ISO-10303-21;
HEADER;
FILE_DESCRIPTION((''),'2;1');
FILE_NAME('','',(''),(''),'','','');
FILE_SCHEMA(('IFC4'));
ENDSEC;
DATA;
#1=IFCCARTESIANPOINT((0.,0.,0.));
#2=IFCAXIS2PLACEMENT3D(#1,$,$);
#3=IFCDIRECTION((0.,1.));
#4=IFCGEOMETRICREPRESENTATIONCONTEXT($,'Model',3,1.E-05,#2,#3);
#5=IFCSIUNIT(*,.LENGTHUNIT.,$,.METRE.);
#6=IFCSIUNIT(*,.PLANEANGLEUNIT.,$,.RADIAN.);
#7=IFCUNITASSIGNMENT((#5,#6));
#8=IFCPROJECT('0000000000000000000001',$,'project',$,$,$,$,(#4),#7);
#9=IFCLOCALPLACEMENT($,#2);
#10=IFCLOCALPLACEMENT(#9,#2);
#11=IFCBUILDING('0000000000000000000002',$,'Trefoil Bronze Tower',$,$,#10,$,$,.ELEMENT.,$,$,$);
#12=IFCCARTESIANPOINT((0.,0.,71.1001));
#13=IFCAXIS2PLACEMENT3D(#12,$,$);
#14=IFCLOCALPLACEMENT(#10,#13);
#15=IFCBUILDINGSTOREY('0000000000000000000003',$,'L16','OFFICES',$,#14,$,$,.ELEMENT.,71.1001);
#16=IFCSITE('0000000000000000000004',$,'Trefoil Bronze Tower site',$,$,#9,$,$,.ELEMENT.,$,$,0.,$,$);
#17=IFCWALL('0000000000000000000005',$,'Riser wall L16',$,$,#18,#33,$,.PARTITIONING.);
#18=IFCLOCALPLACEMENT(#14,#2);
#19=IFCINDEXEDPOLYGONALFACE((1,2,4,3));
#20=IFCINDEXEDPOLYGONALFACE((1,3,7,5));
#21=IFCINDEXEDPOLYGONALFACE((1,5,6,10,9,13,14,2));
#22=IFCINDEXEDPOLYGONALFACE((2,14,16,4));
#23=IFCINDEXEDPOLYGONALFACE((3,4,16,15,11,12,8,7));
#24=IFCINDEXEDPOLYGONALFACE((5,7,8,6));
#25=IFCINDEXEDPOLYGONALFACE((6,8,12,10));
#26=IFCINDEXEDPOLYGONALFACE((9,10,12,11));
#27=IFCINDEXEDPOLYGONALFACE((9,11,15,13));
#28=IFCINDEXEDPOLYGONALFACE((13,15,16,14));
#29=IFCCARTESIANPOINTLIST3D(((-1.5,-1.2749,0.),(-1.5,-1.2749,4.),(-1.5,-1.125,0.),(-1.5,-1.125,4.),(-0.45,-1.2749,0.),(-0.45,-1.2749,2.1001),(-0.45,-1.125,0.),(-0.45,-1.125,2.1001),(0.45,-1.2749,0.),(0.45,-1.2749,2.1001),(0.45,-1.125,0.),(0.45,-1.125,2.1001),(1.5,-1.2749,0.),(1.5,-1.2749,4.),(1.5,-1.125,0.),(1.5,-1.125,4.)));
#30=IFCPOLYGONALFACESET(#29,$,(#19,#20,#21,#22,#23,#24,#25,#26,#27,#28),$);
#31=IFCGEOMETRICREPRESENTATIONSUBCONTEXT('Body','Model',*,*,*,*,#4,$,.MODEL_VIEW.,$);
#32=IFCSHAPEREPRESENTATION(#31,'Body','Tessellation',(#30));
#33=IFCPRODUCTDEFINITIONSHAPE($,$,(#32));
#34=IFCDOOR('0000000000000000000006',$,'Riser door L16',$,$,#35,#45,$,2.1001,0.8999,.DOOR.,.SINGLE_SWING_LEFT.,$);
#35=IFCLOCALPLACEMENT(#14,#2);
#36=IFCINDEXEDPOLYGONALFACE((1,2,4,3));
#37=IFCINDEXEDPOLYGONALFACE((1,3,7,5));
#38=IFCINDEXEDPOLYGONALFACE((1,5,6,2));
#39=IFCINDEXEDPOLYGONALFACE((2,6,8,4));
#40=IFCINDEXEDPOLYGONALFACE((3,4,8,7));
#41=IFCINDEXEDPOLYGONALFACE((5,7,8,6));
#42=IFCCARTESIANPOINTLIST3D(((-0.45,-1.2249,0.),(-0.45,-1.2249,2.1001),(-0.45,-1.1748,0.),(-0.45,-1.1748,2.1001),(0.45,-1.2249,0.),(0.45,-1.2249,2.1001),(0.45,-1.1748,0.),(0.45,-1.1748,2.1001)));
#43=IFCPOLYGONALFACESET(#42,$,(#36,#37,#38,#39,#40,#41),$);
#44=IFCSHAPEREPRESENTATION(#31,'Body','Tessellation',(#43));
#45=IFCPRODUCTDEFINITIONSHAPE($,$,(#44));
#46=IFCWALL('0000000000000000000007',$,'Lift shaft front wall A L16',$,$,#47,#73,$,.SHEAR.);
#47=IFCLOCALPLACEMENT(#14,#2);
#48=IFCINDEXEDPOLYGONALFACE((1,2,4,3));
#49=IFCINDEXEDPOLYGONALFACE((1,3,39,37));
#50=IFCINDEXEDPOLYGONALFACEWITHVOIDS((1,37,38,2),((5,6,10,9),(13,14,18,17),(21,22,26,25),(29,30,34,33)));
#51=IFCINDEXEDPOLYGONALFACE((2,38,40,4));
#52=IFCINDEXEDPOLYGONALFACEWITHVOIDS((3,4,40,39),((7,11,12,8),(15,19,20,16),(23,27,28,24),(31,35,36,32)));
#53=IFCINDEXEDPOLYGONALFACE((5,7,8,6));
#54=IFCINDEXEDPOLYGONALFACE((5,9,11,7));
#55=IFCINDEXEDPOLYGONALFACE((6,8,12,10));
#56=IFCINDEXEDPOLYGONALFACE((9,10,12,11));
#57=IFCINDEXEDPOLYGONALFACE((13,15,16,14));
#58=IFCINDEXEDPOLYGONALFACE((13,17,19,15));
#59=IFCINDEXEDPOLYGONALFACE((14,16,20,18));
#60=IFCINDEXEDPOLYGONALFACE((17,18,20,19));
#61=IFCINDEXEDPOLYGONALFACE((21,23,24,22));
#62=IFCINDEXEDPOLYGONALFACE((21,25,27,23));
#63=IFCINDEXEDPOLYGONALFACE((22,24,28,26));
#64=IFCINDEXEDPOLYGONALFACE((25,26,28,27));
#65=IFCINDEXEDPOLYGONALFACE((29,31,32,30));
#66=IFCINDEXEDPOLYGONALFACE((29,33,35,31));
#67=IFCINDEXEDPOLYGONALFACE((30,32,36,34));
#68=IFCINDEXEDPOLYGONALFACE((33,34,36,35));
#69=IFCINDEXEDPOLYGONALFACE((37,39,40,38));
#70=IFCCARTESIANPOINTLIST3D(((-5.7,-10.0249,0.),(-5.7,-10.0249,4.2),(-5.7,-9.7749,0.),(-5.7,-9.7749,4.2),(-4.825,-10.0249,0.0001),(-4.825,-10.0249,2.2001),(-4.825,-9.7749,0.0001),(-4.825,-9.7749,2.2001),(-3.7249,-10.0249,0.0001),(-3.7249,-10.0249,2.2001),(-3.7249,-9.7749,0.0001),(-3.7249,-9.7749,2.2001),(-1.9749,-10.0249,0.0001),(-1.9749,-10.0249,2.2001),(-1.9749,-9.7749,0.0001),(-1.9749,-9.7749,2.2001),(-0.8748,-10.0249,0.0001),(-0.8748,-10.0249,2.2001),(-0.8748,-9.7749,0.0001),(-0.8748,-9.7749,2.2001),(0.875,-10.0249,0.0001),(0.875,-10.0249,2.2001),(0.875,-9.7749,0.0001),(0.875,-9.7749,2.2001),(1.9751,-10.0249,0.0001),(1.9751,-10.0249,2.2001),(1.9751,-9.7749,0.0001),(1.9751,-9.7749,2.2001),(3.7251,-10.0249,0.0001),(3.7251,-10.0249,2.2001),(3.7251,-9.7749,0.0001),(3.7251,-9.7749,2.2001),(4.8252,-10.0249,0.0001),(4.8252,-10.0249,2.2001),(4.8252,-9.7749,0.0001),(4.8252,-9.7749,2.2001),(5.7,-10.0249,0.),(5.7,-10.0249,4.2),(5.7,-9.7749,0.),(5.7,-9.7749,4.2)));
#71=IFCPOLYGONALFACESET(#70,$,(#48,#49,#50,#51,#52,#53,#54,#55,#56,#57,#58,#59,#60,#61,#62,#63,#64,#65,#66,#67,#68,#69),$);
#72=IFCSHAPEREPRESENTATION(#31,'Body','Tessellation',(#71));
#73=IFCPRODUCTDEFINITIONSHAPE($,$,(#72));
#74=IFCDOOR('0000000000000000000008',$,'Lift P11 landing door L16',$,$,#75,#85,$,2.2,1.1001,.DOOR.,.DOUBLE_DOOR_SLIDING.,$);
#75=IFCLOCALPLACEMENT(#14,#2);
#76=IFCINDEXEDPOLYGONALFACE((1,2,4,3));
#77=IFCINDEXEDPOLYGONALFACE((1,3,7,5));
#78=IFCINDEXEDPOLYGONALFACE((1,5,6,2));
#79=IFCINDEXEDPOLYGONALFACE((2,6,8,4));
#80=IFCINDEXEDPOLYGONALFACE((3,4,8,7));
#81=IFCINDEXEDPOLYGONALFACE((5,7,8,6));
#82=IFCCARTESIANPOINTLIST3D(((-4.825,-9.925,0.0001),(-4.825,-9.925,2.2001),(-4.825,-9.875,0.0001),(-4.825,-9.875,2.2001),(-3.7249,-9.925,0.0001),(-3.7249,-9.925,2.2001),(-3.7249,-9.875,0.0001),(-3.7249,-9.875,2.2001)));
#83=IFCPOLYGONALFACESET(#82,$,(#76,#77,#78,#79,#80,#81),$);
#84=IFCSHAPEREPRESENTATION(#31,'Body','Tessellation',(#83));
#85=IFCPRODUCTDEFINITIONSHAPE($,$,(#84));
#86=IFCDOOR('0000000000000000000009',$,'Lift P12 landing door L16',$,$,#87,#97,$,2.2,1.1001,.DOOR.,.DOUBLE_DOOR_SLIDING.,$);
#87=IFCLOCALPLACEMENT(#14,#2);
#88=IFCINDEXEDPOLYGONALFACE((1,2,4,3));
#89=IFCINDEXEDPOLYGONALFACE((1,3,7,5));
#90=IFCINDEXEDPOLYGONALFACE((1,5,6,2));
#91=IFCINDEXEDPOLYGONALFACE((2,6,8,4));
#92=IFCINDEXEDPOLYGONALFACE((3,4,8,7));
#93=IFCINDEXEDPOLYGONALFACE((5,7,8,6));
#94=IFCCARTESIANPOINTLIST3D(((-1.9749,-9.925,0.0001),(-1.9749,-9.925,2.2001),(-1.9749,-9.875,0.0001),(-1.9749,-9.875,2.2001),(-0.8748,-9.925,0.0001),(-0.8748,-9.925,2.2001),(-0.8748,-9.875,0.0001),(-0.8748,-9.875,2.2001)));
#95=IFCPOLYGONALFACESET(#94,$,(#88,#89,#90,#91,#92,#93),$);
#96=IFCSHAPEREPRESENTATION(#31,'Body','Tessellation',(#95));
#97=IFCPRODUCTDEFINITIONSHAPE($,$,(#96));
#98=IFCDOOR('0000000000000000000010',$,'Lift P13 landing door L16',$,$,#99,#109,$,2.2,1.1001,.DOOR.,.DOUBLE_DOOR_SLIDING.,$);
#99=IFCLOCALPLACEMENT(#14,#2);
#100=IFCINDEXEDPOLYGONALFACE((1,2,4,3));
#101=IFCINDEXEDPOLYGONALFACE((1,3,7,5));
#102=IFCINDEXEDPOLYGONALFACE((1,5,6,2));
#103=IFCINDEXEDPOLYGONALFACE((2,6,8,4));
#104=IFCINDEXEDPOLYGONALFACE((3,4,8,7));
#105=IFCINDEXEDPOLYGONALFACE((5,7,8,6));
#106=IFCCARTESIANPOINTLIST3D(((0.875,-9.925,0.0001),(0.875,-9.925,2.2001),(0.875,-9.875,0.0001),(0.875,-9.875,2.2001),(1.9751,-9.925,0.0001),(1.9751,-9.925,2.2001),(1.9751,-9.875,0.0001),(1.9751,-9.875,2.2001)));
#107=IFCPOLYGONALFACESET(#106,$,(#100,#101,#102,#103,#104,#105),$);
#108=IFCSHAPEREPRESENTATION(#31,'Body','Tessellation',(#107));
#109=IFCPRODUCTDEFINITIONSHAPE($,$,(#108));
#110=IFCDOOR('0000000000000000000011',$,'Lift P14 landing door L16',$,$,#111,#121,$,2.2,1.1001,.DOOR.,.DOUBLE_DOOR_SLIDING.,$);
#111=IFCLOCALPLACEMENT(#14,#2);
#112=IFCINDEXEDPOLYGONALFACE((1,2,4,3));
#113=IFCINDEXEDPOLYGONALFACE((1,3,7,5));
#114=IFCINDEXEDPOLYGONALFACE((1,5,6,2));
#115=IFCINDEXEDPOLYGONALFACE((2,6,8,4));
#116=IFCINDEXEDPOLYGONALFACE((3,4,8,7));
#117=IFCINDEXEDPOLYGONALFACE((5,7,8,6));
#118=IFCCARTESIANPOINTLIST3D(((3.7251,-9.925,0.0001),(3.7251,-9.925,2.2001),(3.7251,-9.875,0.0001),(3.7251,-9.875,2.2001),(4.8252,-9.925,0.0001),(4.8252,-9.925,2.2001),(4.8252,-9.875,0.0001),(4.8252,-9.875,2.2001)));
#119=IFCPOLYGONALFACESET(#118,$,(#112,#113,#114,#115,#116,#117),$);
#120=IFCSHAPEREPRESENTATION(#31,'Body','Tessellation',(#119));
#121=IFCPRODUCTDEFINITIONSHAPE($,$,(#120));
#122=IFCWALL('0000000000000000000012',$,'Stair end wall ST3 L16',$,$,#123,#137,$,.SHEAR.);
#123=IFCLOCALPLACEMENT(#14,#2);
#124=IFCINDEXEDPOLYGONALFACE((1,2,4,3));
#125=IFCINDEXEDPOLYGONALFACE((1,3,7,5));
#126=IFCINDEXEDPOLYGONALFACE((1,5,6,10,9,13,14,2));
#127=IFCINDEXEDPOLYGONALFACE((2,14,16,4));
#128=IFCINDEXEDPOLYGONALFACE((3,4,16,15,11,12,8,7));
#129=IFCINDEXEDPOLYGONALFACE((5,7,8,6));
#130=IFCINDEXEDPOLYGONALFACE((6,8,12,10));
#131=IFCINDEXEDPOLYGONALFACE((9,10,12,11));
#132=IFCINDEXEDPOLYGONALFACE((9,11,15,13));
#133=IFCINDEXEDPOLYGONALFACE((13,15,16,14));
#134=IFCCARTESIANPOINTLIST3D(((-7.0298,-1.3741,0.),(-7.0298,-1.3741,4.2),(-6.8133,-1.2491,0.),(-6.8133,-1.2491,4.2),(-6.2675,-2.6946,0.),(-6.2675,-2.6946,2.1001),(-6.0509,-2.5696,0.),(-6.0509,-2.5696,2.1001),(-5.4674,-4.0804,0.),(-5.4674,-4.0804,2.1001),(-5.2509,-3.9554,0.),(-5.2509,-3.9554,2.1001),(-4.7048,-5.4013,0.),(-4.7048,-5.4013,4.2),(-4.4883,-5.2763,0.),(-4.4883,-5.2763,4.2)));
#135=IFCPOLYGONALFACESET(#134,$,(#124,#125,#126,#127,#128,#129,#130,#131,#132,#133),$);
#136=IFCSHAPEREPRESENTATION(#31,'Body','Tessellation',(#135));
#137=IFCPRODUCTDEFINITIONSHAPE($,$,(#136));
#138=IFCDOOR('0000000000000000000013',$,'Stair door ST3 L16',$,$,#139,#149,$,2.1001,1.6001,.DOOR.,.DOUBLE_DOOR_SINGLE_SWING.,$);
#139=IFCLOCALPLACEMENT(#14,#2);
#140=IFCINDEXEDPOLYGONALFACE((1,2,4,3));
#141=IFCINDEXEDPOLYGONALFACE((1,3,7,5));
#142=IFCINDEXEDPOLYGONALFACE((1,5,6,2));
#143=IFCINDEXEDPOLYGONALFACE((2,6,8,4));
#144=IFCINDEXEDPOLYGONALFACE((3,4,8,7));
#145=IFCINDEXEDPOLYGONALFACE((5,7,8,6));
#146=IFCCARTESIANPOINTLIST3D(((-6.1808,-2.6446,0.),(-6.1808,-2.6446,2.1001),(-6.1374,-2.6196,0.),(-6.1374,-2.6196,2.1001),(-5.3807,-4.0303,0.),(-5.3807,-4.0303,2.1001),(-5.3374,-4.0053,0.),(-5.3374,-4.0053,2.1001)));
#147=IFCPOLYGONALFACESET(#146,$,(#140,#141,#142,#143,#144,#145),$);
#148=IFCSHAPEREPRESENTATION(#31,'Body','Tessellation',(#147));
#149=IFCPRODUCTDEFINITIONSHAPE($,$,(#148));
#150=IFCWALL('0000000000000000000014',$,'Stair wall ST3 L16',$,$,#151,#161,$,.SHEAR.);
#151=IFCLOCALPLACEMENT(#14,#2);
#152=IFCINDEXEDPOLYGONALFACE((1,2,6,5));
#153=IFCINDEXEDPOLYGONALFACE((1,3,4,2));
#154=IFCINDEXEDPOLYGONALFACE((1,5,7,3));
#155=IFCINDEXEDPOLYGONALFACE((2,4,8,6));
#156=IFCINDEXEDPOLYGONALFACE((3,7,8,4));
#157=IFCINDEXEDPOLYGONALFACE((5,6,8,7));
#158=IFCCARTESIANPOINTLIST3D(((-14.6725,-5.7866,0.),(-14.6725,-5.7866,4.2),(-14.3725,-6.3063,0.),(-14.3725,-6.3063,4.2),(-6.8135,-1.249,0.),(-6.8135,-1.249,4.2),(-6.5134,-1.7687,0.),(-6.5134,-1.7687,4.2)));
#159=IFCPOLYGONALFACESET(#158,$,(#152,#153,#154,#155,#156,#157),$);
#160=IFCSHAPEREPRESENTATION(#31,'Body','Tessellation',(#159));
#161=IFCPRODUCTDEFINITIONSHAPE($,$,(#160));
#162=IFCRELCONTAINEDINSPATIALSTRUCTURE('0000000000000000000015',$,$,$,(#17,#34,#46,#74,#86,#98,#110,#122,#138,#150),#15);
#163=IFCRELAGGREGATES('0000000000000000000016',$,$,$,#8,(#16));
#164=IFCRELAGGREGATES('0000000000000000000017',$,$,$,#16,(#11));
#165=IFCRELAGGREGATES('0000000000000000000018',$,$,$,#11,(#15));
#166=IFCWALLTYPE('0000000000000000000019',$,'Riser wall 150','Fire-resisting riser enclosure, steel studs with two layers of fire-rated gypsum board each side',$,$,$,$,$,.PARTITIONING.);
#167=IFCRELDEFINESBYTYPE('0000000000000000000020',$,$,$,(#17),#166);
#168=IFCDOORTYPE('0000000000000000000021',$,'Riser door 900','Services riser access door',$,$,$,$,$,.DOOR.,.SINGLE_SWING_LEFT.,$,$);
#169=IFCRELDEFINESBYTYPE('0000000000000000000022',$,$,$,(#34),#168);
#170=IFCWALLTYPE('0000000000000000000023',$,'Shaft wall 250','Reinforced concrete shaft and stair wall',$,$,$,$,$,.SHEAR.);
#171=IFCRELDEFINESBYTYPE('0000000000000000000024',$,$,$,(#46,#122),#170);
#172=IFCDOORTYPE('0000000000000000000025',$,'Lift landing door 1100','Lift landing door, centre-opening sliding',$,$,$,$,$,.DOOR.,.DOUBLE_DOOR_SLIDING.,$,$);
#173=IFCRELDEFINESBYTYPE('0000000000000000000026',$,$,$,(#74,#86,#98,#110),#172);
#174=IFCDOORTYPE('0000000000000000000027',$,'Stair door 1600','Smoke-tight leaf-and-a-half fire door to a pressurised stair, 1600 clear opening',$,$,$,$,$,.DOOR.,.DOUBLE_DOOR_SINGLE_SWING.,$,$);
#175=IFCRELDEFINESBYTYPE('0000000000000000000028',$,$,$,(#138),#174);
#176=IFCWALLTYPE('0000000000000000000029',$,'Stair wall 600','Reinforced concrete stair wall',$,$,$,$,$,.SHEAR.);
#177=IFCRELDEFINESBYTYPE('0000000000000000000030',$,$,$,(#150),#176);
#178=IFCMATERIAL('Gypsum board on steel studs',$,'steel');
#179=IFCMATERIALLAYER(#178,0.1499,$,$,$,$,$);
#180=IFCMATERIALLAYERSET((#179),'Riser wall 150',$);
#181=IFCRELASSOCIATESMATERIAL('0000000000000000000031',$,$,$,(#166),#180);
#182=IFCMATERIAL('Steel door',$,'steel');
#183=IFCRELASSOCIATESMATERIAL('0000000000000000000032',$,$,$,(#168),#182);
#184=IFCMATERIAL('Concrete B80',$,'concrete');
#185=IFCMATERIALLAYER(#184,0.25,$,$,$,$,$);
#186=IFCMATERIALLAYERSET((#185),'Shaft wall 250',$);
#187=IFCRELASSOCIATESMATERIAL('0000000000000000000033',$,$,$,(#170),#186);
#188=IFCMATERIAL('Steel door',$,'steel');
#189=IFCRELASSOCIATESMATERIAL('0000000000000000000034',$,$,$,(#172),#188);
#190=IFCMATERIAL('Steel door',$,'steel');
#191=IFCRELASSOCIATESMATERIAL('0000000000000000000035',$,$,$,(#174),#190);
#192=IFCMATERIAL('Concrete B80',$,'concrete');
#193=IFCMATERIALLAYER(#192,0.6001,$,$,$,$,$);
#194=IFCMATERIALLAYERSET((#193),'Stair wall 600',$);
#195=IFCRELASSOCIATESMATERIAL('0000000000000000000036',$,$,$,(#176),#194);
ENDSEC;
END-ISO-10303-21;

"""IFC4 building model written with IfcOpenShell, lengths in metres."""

from ifc_helpers import new_model, si_unit, direction, frame, frame_2d, origin, place, context, subcontext, project, spatial, rectangle, extrude, material, layer, layer_set, type_object, element, fill, save


model = new_model("IFC4")

# Units and contexts
model_context = context("Model", 3, precision=1e-05, world=origin(), true_north=direction((0.0, 1.0)))
body_context = subcontext(model_context, "Body", "Model", "MODEL_VIEW")
ifc_project = project(units=[si_unit("LENGTHUNIT", "METRE"), si_unit("PLANEANGLEUNIT", "RADIAN")], contexts=[model_context])

# Site, building, storey
site_placement = place(None, origin())
site = spatial("IfcSite", under=ifc_project, at=site_placement, Name="Trefoil Bronze Tower site", CompositionType="ELEMENT", RefElevation=0.0)
building_placement = place(site_placement, origin())
building = spatial("IfcBuilding", under=site, at=building_placement, Name="Trefoil Bronze Tower", CompositionType="ELEMENT")
storey_placement = place(building_placement, frame((0.0, 0.0, 71.1001)))
storey = spatial("IfcBuildingStorey", under=building, at=storey_placement, Name="L16", Description="OFFICES", CompositionType="ELEMENT", Elevation=71.1001)

# Wall, opening, door
ifc_material_1 = material(Name="Gypsum board on steel studs", Category="steel")
ifc_layer_1 = layer(ifc_material_1, 0.1499)
ifc_layer_set_1 = layer_set([ifc_layer_1], Name="Riser wall 150")
wall_type_1 = type_object("IfcWallType", Name="Riser wall 150", Description="Fire-resisting riser enclosure, steel studs with two layers of fire-rated gypsum board each side", PredefinedType="PARTITIONING", material=ifc_layer_set_1)
wall_1_placement = place(storey_placement, frame((-1.5, -1.2, 0.0), z_axis=(0.0, 0.0, 1.0), x_axis=(1.0, 0.0, 0.0)))
wall_1 = element("IfcWall", 1, at=wall_1_placement, inside=storey, type_object=wall_type_1, Name="Riser wall L16", PredefinedType="PARTITIONING", context=body_context, shape_type="SweptSolid", body=[
    extrude(rectangle(XDim=3.0, YDim=0.1499, at=frame_2d((1.5, 0.0))), origin(), (0.0, 0.0, 1.0), 4.0),
])
opening_1_placement = place(wall_1_placement, frame((1.05, 0.0, 0.0)))
opening_1 = element("IfcOpeningElement", 2, at=opening_1_placement, cuts=wall_1, PredefinedType="OPENING", context=body_context, shape_type="SweptSolid", body=[
    extrude(rectangle(XDim=0.8999, YDim=2.1001, at=frame_2d((0.45, 1.05))), frame((0.0, 0.085, 0.0), z_axis=(0.0, -1.0, 0.0), x_axis=(1.0, 0.0, 0.0)), (0.0, 0.0, 1.0), 0.1699),
])
ifc_material_2 = material(Name="Steel door", Category="steel")
door_type_1 = type_object("IfcDoorType", Name="Riser door 900", Description="Services riser access door", OperationType="SINGLE_SWING_LEFT", PredefinedType="DOOR", material=ifc_material_2)
door_1_placement = place(opening_1_placement, frame((0.8999, 0.0, 0.0), z_axis=(0.0, 0.0, 1.0), x_axis=(-1.0, 0.0, 0.0)))
door_1 = element("IfcDoor", 3, at=door_1_placement, inside=storey, type_object=door_type_1, Name="Riser door L16", OperationType="SINGLE_SWING_LEFT", OverallHeight=2.1001, OverallWidth=0.8999, PredefinedType="DOOR", context=body_context, shape_type="SweptSolid", body=[
    extrude(rectangle(XDim=0.8999, YDim=2.1001, at=frame_2d((0.45, 1.05))), frame((0.0, 0.0249, 0.0), z_axis=(0.0, -1.0, 0.0), x_axis=(1.0, 0.0, 0.0)), (0.0, 0.0, 1.0), 0.05),
])
fill(opening_1, door_1)

# Wall, openings, doors
ifc_material_3 = material(Name="Concrete B80", Category="concrete")
ifc_layer_2 = layer(ifc_material_3, 0.25)
ifc_layer_set_2 = layer_set([ifc_layer_2], Name="Shaft wall 250")
wall_type_2 = type_object("IfcWallType", Name="Shaft wall 250", Description="Reinforced concrete shaft and stair wall", PredefinedType="SHEAR", material=ifc_layer_set_2)
wall_2_placement = place(storey_placement, frame((-5.7, -9.8999, 0.0), z_axis=(0.0, 0.0, 1.0), x_axis=(1.0, 0.0, 0.0)))
wall_2 = element("IfcWall", 4, at=wall_2_placement, inside=storey, type_object=wall_type_2, Name="Lift shaft front wall A L16", PredefinedType="SHEAR", context=body_context, shape_type="SweptSolid", body=[
    extrude(rectangle(XDim=11.3999, YDim=0.25, at=frame_2d((5.7, 0.0))), origin(), (0.0, 0.0, 1.0), 4.2),
])
opening_2_placement = place(wall_2_placement, frame((0.875, 0.0, 0.0)))
opening_2 = element("IfcOpeningElement", 5, at=opening_2_placement, cuts=wall_2, PredefinedType="OPENING", context=body_context, shape_type="SweptSolid", body=[
    extrude(rectangle(XDim=1.1001, YDim=2.2, at=frame_2d((0.55, 1.1001))), frame((0.0, 0.135, 0.0), z_axis=(0.0, -1.0, 0.0), x_axis=(1.0, 0.0, 0.0)), (0.0, 0.0, 1.0), 0.27),
])
opening_3_placement = place(wall_2_placement, frame((3.7251, 0.0, 0.0)))
opening_3 = element("IfcOpeningElement", 6, at=opening_3_placement, cuts=wall_2, PredefinedType="OPENING", context=body_context, shape_type="SweptSolid", body=[
    extrude(rectangle(XDim=1.1001, YDim=2.2, at=frame_2d((0.55, 1.1001))), frame((0.0, 0.135, 0.0), z_axis=(0.0, -1.0, 0.0), x_axis=(1.0, 0.0, 0.0)), (0.0, 0.0, 1.0), 0.27),
])
opening_4_placement = place(wall_2_placement, frame((6.575, 0.0, 0.0)))
opening_4 = element("IfcOpeningElement", 7, at=opening_4_placement, cuts=wall_2, PredefinedType="OPENING", context=body_context, shape_type="SweptSolid", body=[
    extrude(rectangle(XDim=1.1001, YDim=2.2, at=frame_2d((0.55, 1.1001))), frame((0.0, 0.135, 0.0), z_axis=(0.0, -1.0, 0.0), x_axis=(1.0, 0.0, 0.0)), (0.0, 0.0, 1.0), 0.27),
])
opening_5_placement = place(wall_2_placement, frame((9.425, 0.0, 0.0)))
opening_5 = element("IfcOpeningElement", 8, at=opening_5_placement, cuts=wall_2, PredefinedType="OPENING", context=body_context, shape_type="SweptSolid", body=[
    extrude(rectangle(XDim=1.1001, YDim=2.2, at=frame_2d((0.55, 1.1001))), frame((0.0, 0.135, 0.0), z_axis=(0.0, -1.0, 0.0), x_axis=(1.0, 0.0, 0.0)), (0.0, 0.0, 1.0), 0.27),
])
ifc_material_4 = material(Name="Steel door", Category="steel")
door_type_2 = type_object("IfcDoorType", Name="Lift landing door 1100", Description="Lift landing door, centre-opening sliding", OperationType="DOUBLE_DOOR_SLIDING", PredefinedType="DOOR", material=ifc_material_4)
door_2_placement = place(opening_2_placement, origin())
door_2 = element("IfcDoor", 9, at=door_2_placement, inside=storey, type_object=door_type_2, Name="Lift P11 landing door L16", OperationType="DOUBLE_DOOR_SLIDING", OverallHeight=2.2, OverallWidth=1.1001, PredefinedType="DOOR", context=body_context, shape_type="SweptSolid", body=[
    extrude(rectangle(XDim=1.1001, YDim=2.2, at=frame_2d((0.55, 1.1001))), frame((0.0, 0.0249, 0.0), z_axis=(0.0, -1.0, 0.0), x_axis=(1.0, 0.0, 0.0)), (0.0, 0.0, 1.0), 0.05),
])
fill(opening_2, door_2)
door_3_placement = place(opening_3_placement, origin())
door_3 = element("IfcDoor", 10, at=door_3_placement, inside=storey, type_object=door_type_2, Name="Lift P12 landing door L16", OperationType="DOUBLE_DOOR_SLIDING", OverallHeight=2.2, OverallWidth=1.1001, PredefinedType="DOOR", context=body_context, shape_type="SweptSolid", body=[
    extrude(rectangle(XDim=1.1001, YDim=2.2, at=frame_2d((0.55, 1.1001))), frame((0.0, 0.0249, 0.0), z_axis=(0.0, -1.0, 0.0), x_axis=(1.0, 0.0, 0.0)), (0.0, 0.0, 1.0), 0.05),
])
fill(opening_3, door_3)
door_4_placement = place(opening_4_placement, origin())
door_4 = element("IfcDoor", 11, at=door_4_placement, inside=storey, type_object=door_type_2, Name="Lift P13 landing door L16", OperationType="DOUBLE_DOOR_SLIDING", OverallHeight=2.2, OverallWidth=1.1001, PredefinedType="DOOR", context=body_context, shape_type="SweptSolid", body=[
    extrude(rectangle(XDim=1.1001, YDim=2.2, at=frame_2d((0.55, 1.1001))), frame((0.0, 0.0249, 0.0), z_axis=(0.0, -1.0, 0.0), x_axis=(1.0, 0.0, 0.0)), (0.0, 0.0, 1.0), 0.05),
])
fill(opening_4, door_4)
door_5_placement = place(opening_5_placement, origin())
door_5 = element("IfcDoor", 12, at=door_5_placement, inside=storey, type_object=door_type_2, Name="Lift P14 landing door L16", OperationType="DOUBLE_DOOR_SLIDING", OverallHeight=2.2, OverallWidth=1.1001, PredefinedType="DOOR", context=body_context, shape_type="SweptSolid", body=[
    extrude(rectangle(XDim=1.1001, YDim=2.2, at=frame_2d((0.55, 1.1001))), frame((0.0, 0.0249, 0.0), z_axis=(0.0, -1.0, 0.0), x_axis=(1.0, 0.0, 0.0)), (0.0, 0.0, 1.0), 0.05),
])
fill(opening_5, door_5)

# Wall, opening, door
wall_3_placement = place(storey_placement, frame((-6.9216, -1.3115, 0.0), z_axis=(0.0, 0.0, 1.0), x_axis=(0.499985, -0.866034, 0.0)))
wall_3 = element("IfcWall", 13, at=wall_3_placement, inside=storey, type_object=wall_type_2, Name="Stair end wall ST3 L16", PredefinedType="SHEAR", context=body_context, shape_type="SweptSolid", body=[
    extrude(rectangle(XDim=4.6501, YDim=0.25, at=frame_2d((2.3252, 0.0))), origin(), (0.0, 0.0, 1.0), 4.2),
])
opening_6_placement = place(wall_3_placement, frame((1.5249, 0.0, 0.0)))
opening_6 = element("IfcOpeningElement", 14, at=opening_6_placement, cuts=wall_3, PredefinedType="OPENING", context=body_context, shape_type="SweptSolid", body=[
    extrude(rectangle(XDim=1.6001, YDim=2.1001, at=frame_2d((0.8, 1.05))), frame((0.0, 0.135, 0.0), z_axis=(0.0, -1.0, 0.0), x_axis=(1.0, 0.0, 0.0)), (0.0, 0.0, 1.0), 0.27),
])
ifc_material_5 = material(Name="Steel door", Category="steel")
door_type_3 = type_object("IfcDoorType", Name="Stair door 1600", Description="Smoke-tight leaf-and-a-half fire door to a pressurised stair, 1600 clear opening", OperationType="DOUBLE_DOOR_SINGLE_SWING", PredefinedType="DOOR", material=ifc_material_5)
door_6_placement = place(opening_6_placement, frame((1.6001, 0.0, 0.0), z_axis=(0.0, 0.0, 1.0), x_axis=(-1.0, 0.0, 0.0)))
door_6 = element("IfcDoor", 15, at=door_6_placement, inside=storey, type_object=door_type_3, Name="Stair door ST3 L16", OperationType="DOUBLE_DOOR_SINGLE_SWING", OverallHeight=2.1001, OverallWidth=1.6001, PredefinedType="DOOR", context=body_context, shape_type="SweptSolid", body=[
    extrude(rectangle(XDim=1.6001, YDim=2.1001, at=frame_2d((0.8, 1.05))), frame((0.0, 0.0249, 0.0), z_axis=(0.0, -1.0, 0.0), x_axis=(1.0, 0.0, 0.0)), (0.0, 0.0, 1.0), 0.05),
])
fill(opening_6, door_6)

# Wall
ifc_material_6 = material(Name="Concrete B80", Category="concrete")
ifc_layer_3 = layer(ifc_material_6, 0.6001)
ifc_layer_set_3 = layer_set([ifc_layer_3], Name="Stair wall 600")
wall_type_3 = type_object("IfcWallType", Name="Stair wall 600", Description="Reinforced concrete stair wall", PredefinedType="SHEAR", material=ifc_layer_set_3)
for number, where, z_axis, x_axis, name in (
    (16, (-6.6633, -1.5088, 0.0), (0.0, 0.0, 1.0), (-0.866019, -0.50001, 0.0), "Stair wall ST3 L16"),
):
    element("IfcWall", number, at=place(storey_placement, frame(where, z_axis=z_axis, x_axis=x_axis)), inside=storey, type_object=wall_type_3, Name=name, PredefinedType="SHEAR", context=body_context, shape_type="SweptSolid", body=[
        extrude(rectangle(XDim=9.075, YDim=0.6001, at=frame_2d((4.5376, 0.0))), origin(), (0.0, 0.0, 1.0), 4.2),
    ])

save(model, "model.ifc")
